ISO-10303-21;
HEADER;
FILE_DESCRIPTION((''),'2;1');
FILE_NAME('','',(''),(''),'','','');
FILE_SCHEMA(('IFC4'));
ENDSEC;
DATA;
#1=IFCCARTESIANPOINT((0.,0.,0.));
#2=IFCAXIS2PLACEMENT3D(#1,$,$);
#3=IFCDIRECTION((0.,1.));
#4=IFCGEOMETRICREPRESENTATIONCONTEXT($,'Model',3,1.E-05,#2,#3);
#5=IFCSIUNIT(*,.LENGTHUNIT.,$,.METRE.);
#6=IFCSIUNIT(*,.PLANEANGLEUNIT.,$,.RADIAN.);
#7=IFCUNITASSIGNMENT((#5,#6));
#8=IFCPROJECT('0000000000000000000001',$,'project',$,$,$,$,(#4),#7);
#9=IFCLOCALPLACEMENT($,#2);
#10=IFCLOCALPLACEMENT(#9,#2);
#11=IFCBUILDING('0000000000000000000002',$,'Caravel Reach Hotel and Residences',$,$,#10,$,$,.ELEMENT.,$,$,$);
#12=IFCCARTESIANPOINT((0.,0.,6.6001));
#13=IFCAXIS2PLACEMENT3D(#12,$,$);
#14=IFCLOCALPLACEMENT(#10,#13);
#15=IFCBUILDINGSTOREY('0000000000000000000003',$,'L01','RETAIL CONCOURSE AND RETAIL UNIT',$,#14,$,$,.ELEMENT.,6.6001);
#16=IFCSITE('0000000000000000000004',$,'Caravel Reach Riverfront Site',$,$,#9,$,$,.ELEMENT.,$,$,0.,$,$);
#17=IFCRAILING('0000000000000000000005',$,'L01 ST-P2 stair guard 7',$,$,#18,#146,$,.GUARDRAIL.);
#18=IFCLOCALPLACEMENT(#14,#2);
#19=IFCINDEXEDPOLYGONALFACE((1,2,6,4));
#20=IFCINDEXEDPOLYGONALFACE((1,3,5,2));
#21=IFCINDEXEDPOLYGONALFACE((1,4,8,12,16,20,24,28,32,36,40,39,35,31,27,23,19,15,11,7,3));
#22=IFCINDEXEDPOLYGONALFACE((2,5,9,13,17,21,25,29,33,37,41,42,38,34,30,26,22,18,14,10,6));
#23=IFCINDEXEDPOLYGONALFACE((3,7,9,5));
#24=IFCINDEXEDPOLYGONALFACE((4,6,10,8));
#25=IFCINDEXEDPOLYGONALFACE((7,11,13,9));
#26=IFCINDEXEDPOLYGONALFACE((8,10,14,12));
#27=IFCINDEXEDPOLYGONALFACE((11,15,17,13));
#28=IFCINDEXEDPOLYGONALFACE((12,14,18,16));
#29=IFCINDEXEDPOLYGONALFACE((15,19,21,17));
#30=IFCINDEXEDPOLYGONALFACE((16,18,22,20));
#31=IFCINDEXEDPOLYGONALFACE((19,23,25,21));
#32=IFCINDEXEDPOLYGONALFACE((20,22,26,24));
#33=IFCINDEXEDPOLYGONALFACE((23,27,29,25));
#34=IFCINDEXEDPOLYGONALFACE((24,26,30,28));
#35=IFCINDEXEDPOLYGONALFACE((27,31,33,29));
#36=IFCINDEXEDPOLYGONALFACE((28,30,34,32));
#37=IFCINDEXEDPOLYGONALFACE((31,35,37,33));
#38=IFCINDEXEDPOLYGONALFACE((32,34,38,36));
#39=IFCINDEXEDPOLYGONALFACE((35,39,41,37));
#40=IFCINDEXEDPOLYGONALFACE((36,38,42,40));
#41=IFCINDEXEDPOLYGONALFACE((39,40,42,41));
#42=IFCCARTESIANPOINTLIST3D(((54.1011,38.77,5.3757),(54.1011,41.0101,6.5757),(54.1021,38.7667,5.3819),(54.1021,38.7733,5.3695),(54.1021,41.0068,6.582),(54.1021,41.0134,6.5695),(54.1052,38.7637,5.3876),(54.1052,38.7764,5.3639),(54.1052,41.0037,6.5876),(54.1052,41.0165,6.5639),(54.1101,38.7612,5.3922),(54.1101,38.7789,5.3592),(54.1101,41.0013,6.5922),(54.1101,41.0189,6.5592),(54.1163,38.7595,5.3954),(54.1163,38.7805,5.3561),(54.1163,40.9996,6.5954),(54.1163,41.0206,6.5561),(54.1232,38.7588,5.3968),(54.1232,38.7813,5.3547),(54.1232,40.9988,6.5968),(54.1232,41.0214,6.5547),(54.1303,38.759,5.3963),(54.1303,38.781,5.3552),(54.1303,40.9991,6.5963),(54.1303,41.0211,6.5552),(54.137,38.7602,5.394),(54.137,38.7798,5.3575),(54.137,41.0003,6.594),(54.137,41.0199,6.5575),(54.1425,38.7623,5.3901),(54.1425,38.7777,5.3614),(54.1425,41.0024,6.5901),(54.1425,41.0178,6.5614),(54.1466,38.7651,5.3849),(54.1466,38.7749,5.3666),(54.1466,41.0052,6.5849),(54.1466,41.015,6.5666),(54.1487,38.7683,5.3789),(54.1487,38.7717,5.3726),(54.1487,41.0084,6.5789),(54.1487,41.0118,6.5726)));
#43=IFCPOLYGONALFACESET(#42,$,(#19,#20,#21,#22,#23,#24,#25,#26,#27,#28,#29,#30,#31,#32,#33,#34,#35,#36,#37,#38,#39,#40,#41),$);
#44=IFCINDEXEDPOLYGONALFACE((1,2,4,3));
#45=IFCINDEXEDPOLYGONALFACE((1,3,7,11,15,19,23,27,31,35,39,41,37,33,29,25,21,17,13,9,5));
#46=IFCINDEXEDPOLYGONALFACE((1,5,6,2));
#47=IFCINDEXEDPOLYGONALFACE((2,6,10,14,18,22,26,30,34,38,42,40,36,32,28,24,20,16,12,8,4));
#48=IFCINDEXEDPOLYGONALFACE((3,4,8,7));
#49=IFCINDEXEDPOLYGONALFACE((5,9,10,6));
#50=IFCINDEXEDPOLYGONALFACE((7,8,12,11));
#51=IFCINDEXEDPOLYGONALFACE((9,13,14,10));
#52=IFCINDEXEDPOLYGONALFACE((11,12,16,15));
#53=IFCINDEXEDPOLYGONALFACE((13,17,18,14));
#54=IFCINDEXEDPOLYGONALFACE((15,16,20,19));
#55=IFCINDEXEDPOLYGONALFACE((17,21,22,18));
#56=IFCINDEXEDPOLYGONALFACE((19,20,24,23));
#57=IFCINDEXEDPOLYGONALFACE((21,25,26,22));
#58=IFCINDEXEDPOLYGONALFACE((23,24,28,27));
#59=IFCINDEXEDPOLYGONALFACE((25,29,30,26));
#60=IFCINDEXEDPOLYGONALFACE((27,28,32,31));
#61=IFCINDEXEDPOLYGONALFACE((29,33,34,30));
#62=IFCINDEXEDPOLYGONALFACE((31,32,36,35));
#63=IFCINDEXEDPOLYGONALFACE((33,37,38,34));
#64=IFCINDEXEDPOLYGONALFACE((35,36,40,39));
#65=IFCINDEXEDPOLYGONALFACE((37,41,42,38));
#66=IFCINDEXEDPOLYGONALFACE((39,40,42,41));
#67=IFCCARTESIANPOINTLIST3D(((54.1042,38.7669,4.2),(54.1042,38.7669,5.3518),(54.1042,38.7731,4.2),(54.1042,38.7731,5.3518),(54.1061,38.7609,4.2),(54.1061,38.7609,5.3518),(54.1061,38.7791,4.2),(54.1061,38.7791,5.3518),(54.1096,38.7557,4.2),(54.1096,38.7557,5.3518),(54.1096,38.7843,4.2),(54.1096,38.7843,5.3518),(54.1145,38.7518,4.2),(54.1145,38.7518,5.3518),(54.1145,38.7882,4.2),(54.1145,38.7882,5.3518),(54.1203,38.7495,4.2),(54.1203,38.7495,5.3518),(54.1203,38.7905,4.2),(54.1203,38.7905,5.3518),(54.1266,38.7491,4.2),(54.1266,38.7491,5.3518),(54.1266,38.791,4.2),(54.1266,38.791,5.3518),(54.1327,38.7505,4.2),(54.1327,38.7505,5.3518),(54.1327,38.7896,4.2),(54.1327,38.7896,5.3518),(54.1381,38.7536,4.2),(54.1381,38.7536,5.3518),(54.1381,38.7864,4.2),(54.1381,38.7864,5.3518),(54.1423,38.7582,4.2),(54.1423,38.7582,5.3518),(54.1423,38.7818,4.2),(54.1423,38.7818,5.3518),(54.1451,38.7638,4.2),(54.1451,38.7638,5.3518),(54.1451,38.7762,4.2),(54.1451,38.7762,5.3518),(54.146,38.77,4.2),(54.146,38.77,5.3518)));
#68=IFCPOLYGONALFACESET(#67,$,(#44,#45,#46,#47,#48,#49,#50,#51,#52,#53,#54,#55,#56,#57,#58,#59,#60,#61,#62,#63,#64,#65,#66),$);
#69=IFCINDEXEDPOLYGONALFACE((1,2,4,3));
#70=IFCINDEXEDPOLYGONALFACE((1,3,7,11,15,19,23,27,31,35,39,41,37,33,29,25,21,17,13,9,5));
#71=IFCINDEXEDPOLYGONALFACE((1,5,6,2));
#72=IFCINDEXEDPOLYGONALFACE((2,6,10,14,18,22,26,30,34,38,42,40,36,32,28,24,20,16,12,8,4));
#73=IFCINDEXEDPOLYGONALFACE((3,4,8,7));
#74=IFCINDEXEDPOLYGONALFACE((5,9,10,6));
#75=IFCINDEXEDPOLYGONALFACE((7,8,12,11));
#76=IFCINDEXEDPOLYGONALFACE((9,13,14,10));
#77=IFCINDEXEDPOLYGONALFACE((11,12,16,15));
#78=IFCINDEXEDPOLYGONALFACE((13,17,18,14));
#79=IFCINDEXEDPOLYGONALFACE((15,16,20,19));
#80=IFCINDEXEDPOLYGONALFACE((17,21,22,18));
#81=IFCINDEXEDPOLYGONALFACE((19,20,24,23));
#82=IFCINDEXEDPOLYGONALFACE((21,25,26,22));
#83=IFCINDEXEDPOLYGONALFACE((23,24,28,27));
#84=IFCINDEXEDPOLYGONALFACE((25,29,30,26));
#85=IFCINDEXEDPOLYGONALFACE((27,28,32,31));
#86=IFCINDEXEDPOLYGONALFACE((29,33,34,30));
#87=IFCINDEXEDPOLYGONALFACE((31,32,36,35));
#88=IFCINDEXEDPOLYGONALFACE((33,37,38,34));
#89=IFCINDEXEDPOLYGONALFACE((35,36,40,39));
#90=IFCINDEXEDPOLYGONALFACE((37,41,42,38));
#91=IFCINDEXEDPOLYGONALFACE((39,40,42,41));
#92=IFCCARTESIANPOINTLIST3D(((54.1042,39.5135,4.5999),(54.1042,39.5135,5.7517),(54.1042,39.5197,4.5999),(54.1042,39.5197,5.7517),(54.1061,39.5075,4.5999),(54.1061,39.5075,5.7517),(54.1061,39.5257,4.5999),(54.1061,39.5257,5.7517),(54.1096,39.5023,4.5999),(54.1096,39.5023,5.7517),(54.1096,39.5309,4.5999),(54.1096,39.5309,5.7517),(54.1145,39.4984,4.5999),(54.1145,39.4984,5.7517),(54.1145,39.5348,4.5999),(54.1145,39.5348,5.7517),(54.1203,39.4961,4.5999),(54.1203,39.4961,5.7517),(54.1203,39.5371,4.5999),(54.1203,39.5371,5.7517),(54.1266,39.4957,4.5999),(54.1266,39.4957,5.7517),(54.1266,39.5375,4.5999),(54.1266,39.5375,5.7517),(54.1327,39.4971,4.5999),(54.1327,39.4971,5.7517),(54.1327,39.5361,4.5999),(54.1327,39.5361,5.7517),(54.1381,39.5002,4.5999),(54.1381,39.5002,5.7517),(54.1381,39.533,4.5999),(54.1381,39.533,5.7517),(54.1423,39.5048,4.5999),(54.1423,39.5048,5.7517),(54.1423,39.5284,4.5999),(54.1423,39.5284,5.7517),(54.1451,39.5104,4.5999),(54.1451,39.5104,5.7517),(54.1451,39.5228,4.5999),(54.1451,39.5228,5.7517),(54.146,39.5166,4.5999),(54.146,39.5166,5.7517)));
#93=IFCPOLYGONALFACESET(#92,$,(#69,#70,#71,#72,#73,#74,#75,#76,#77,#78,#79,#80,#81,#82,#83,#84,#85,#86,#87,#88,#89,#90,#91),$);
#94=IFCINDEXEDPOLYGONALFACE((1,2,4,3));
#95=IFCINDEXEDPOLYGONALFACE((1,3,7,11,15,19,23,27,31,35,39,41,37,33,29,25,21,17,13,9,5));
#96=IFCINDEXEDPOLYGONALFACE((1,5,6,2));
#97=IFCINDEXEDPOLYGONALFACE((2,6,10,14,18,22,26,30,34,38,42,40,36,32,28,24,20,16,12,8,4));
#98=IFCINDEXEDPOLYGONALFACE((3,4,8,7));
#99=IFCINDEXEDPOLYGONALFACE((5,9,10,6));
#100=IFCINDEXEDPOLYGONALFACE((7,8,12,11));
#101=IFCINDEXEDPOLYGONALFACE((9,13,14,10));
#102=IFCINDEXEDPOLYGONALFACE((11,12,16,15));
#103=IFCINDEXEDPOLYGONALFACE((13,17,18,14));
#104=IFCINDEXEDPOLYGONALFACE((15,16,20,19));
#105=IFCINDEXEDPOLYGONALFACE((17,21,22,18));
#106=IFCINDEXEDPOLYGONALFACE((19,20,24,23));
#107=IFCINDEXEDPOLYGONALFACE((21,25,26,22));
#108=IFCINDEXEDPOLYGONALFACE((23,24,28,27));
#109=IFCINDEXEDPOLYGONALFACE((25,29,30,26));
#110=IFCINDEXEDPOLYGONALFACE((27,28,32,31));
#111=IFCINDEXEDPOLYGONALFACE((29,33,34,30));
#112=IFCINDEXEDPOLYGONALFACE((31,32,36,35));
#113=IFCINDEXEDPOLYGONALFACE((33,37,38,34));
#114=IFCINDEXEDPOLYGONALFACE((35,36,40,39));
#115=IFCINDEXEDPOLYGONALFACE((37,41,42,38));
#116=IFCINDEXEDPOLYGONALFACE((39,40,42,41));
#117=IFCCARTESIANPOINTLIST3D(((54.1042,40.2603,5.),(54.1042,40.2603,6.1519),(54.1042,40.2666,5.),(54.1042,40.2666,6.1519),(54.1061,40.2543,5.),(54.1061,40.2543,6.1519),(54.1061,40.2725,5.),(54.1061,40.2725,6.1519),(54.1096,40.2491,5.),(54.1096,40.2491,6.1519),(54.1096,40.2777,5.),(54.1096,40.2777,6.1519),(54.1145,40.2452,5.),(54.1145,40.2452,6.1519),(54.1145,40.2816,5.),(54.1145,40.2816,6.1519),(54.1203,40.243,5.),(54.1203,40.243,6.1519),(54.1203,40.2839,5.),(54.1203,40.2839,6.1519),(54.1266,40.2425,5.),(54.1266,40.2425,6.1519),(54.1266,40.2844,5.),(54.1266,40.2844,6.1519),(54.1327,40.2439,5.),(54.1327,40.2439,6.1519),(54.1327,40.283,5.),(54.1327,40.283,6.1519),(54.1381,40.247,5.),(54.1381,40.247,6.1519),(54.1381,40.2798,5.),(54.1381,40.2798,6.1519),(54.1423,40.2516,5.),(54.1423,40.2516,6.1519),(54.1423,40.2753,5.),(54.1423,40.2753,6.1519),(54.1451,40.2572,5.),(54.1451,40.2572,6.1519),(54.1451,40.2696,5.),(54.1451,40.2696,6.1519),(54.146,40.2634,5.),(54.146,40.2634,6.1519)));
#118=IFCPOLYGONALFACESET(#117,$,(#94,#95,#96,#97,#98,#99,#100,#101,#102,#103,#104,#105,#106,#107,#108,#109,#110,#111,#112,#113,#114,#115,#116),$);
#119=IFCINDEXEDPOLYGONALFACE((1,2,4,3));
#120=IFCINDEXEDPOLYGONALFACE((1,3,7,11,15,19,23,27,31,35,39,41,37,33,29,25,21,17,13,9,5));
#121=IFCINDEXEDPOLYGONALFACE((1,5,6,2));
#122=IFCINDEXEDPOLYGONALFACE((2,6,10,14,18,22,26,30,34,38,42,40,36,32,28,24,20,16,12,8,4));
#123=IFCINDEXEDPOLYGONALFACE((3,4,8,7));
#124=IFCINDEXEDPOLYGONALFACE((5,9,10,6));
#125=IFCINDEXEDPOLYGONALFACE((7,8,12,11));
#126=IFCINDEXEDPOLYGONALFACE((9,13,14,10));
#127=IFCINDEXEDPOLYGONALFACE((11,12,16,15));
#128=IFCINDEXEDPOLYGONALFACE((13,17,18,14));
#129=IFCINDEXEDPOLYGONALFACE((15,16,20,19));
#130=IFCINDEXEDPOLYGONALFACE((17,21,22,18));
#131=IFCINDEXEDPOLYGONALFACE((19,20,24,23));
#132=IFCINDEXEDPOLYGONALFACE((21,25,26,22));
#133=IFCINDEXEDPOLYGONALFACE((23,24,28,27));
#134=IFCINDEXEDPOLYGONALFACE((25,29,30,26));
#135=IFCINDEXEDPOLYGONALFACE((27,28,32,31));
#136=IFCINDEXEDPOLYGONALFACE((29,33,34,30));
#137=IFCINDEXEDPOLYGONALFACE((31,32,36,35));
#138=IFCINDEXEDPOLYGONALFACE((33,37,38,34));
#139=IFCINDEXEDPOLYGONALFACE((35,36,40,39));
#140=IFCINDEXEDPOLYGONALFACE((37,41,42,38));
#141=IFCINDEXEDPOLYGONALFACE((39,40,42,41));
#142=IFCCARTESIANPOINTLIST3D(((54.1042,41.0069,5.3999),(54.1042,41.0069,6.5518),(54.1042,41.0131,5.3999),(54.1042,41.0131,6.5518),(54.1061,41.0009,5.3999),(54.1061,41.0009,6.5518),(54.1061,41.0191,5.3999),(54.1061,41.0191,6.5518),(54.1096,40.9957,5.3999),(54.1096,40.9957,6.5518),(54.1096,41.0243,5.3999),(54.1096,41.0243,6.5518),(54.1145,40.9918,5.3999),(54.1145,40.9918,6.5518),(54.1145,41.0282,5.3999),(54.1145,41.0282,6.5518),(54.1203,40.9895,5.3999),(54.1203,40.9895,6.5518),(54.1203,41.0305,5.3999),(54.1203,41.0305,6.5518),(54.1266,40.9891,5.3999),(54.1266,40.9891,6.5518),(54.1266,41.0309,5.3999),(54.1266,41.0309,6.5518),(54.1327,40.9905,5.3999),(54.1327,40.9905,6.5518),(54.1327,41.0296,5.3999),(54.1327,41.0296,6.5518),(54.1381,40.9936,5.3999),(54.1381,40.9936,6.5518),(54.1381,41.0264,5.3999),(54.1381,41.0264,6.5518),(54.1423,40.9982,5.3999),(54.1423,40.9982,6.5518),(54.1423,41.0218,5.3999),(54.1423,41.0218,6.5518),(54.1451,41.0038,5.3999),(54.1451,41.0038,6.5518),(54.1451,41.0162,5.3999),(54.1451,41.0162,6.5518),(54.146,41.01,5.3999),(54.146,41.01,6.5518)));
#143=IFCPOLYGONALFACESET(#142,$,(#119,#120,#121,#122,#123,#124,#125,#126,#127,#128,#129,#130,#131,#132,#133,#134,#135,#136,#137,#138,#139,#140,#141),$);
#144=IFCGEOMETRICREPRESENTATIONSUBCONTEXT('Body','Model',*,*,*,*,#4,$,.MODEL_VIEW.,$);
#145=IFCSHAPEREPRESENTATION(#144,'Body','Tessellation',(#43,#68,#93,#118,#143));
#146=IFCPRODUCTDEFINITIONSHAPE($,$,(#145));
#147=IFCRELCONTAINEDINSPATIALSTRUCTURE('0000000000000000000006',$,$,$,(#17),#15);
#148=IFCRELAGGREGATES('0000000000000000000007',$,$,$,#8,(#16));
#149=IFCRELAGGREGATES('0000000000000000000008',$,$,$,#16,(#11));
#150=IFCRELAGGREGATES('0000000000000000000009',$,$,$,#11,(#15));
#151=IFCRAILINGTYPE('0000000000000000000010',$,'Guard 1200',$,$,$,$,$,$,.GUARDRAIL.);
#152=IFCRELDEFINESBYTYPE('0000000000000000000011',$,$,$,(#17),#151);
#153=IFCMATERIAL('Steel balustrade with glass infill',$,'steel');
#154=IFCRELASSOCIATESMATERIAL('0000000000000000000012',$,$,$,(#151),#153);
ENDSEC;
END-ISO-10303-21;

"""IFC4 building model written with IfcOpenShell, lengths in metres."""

from ifc_helpers import new_model, si_unit, direction, frame, origin, origin_2d, place, context, subcontext, project, spatial, circle, extrude, material, type_object, element, save


model = new_model("IFC4")

# Units and contexts
model_context = context("Model", 3, precision=1e-05, world=origin(), true_north=direction((0.0, 1.0)))
body_context = subcontext(model_context, "Body", "Model", "MODEL_VIEW")
ifc_project = project(units=[si_unit("LENGTHUNIT", "METRE"), si_unit("PLANEANGLEUNIT", "RADIAN")], contexts=[model_context])

# Site, building, storey
site_placement = place(None, origin())
site = spatial("IfcSite", under=ifc_project, at=site_placement, Name="Caravel Reach Riverfront Site", CompositionType="ELEMENT", RefElevation=0.0)
building_placement = place(site_placement, origin())
building = spatial("IfcBuilding", under=site, at=building_placement, Name="Caravel Reach Hotel and Residences", CompositionType="ELEMENT")
storey_placement = place(building_placement, frame((0.0, 0.0, 6.6001)))
storey = spatial("IfcBuildingStorey", under=building, at=storey_placement, Name="L01", Description="RETAIL CONCOURSE AND RETAIL UNIT", CompositionType="ELEMENT", Elevation=6.6001)

# Railing
ifc_material_1 = material(Name="Steel balustrade with glass infill", Category="steel")
railing_type_1 = type_object("IfcRailingType", Name="Guard 1200", PredefinedType="GUARDRAIL", material=ifc_material_1)
railing_1_placement = place(storey_placement, frame((54.125, 38.77, 4.2)))
element("IfcRailing", 1, at=railing_1_placement, inside=storey, type_object=railing_type_1, Name="L01 ST-P2 stair guard 7", PredefinedType="GUARDRAIL", context=body_context, shape_type="SweptSolid", body=[
    extrude(circle(Radius=0.0239, at=origin_2d()), frame((0.0, 0.0, 1.1758), z_axis=(0.0, 0.881487, 0.472208), x_axis=(-1.0, 0.0, 0.0)), (0.0, 0.0, 1.0), 2.5413),
    extrude(circle(Radius=0.021, at=origin_2d()), origin(), (0.0, 0.0, 1.0), 1.1519),
    extrude(circle(Radius=0.021, at=origin_2d()), frame((0.0, 0.7466, 0.3999)), (0.0, 0.0, 1.0), 1.1519),
    extrude(circle(Radius=0.021, at=origin_2d()), frame((0.0, 1.4934, 0.8)), (0.0, 0.0, 1.0), 1.1519),
    extrude(circle(Radius=0.021, at=origin_2d()), frame((0.0, 2.24, 1.2)), (0.0, 0.0, 1.0), 1.1519),
])

save(model, "model.ifc")
